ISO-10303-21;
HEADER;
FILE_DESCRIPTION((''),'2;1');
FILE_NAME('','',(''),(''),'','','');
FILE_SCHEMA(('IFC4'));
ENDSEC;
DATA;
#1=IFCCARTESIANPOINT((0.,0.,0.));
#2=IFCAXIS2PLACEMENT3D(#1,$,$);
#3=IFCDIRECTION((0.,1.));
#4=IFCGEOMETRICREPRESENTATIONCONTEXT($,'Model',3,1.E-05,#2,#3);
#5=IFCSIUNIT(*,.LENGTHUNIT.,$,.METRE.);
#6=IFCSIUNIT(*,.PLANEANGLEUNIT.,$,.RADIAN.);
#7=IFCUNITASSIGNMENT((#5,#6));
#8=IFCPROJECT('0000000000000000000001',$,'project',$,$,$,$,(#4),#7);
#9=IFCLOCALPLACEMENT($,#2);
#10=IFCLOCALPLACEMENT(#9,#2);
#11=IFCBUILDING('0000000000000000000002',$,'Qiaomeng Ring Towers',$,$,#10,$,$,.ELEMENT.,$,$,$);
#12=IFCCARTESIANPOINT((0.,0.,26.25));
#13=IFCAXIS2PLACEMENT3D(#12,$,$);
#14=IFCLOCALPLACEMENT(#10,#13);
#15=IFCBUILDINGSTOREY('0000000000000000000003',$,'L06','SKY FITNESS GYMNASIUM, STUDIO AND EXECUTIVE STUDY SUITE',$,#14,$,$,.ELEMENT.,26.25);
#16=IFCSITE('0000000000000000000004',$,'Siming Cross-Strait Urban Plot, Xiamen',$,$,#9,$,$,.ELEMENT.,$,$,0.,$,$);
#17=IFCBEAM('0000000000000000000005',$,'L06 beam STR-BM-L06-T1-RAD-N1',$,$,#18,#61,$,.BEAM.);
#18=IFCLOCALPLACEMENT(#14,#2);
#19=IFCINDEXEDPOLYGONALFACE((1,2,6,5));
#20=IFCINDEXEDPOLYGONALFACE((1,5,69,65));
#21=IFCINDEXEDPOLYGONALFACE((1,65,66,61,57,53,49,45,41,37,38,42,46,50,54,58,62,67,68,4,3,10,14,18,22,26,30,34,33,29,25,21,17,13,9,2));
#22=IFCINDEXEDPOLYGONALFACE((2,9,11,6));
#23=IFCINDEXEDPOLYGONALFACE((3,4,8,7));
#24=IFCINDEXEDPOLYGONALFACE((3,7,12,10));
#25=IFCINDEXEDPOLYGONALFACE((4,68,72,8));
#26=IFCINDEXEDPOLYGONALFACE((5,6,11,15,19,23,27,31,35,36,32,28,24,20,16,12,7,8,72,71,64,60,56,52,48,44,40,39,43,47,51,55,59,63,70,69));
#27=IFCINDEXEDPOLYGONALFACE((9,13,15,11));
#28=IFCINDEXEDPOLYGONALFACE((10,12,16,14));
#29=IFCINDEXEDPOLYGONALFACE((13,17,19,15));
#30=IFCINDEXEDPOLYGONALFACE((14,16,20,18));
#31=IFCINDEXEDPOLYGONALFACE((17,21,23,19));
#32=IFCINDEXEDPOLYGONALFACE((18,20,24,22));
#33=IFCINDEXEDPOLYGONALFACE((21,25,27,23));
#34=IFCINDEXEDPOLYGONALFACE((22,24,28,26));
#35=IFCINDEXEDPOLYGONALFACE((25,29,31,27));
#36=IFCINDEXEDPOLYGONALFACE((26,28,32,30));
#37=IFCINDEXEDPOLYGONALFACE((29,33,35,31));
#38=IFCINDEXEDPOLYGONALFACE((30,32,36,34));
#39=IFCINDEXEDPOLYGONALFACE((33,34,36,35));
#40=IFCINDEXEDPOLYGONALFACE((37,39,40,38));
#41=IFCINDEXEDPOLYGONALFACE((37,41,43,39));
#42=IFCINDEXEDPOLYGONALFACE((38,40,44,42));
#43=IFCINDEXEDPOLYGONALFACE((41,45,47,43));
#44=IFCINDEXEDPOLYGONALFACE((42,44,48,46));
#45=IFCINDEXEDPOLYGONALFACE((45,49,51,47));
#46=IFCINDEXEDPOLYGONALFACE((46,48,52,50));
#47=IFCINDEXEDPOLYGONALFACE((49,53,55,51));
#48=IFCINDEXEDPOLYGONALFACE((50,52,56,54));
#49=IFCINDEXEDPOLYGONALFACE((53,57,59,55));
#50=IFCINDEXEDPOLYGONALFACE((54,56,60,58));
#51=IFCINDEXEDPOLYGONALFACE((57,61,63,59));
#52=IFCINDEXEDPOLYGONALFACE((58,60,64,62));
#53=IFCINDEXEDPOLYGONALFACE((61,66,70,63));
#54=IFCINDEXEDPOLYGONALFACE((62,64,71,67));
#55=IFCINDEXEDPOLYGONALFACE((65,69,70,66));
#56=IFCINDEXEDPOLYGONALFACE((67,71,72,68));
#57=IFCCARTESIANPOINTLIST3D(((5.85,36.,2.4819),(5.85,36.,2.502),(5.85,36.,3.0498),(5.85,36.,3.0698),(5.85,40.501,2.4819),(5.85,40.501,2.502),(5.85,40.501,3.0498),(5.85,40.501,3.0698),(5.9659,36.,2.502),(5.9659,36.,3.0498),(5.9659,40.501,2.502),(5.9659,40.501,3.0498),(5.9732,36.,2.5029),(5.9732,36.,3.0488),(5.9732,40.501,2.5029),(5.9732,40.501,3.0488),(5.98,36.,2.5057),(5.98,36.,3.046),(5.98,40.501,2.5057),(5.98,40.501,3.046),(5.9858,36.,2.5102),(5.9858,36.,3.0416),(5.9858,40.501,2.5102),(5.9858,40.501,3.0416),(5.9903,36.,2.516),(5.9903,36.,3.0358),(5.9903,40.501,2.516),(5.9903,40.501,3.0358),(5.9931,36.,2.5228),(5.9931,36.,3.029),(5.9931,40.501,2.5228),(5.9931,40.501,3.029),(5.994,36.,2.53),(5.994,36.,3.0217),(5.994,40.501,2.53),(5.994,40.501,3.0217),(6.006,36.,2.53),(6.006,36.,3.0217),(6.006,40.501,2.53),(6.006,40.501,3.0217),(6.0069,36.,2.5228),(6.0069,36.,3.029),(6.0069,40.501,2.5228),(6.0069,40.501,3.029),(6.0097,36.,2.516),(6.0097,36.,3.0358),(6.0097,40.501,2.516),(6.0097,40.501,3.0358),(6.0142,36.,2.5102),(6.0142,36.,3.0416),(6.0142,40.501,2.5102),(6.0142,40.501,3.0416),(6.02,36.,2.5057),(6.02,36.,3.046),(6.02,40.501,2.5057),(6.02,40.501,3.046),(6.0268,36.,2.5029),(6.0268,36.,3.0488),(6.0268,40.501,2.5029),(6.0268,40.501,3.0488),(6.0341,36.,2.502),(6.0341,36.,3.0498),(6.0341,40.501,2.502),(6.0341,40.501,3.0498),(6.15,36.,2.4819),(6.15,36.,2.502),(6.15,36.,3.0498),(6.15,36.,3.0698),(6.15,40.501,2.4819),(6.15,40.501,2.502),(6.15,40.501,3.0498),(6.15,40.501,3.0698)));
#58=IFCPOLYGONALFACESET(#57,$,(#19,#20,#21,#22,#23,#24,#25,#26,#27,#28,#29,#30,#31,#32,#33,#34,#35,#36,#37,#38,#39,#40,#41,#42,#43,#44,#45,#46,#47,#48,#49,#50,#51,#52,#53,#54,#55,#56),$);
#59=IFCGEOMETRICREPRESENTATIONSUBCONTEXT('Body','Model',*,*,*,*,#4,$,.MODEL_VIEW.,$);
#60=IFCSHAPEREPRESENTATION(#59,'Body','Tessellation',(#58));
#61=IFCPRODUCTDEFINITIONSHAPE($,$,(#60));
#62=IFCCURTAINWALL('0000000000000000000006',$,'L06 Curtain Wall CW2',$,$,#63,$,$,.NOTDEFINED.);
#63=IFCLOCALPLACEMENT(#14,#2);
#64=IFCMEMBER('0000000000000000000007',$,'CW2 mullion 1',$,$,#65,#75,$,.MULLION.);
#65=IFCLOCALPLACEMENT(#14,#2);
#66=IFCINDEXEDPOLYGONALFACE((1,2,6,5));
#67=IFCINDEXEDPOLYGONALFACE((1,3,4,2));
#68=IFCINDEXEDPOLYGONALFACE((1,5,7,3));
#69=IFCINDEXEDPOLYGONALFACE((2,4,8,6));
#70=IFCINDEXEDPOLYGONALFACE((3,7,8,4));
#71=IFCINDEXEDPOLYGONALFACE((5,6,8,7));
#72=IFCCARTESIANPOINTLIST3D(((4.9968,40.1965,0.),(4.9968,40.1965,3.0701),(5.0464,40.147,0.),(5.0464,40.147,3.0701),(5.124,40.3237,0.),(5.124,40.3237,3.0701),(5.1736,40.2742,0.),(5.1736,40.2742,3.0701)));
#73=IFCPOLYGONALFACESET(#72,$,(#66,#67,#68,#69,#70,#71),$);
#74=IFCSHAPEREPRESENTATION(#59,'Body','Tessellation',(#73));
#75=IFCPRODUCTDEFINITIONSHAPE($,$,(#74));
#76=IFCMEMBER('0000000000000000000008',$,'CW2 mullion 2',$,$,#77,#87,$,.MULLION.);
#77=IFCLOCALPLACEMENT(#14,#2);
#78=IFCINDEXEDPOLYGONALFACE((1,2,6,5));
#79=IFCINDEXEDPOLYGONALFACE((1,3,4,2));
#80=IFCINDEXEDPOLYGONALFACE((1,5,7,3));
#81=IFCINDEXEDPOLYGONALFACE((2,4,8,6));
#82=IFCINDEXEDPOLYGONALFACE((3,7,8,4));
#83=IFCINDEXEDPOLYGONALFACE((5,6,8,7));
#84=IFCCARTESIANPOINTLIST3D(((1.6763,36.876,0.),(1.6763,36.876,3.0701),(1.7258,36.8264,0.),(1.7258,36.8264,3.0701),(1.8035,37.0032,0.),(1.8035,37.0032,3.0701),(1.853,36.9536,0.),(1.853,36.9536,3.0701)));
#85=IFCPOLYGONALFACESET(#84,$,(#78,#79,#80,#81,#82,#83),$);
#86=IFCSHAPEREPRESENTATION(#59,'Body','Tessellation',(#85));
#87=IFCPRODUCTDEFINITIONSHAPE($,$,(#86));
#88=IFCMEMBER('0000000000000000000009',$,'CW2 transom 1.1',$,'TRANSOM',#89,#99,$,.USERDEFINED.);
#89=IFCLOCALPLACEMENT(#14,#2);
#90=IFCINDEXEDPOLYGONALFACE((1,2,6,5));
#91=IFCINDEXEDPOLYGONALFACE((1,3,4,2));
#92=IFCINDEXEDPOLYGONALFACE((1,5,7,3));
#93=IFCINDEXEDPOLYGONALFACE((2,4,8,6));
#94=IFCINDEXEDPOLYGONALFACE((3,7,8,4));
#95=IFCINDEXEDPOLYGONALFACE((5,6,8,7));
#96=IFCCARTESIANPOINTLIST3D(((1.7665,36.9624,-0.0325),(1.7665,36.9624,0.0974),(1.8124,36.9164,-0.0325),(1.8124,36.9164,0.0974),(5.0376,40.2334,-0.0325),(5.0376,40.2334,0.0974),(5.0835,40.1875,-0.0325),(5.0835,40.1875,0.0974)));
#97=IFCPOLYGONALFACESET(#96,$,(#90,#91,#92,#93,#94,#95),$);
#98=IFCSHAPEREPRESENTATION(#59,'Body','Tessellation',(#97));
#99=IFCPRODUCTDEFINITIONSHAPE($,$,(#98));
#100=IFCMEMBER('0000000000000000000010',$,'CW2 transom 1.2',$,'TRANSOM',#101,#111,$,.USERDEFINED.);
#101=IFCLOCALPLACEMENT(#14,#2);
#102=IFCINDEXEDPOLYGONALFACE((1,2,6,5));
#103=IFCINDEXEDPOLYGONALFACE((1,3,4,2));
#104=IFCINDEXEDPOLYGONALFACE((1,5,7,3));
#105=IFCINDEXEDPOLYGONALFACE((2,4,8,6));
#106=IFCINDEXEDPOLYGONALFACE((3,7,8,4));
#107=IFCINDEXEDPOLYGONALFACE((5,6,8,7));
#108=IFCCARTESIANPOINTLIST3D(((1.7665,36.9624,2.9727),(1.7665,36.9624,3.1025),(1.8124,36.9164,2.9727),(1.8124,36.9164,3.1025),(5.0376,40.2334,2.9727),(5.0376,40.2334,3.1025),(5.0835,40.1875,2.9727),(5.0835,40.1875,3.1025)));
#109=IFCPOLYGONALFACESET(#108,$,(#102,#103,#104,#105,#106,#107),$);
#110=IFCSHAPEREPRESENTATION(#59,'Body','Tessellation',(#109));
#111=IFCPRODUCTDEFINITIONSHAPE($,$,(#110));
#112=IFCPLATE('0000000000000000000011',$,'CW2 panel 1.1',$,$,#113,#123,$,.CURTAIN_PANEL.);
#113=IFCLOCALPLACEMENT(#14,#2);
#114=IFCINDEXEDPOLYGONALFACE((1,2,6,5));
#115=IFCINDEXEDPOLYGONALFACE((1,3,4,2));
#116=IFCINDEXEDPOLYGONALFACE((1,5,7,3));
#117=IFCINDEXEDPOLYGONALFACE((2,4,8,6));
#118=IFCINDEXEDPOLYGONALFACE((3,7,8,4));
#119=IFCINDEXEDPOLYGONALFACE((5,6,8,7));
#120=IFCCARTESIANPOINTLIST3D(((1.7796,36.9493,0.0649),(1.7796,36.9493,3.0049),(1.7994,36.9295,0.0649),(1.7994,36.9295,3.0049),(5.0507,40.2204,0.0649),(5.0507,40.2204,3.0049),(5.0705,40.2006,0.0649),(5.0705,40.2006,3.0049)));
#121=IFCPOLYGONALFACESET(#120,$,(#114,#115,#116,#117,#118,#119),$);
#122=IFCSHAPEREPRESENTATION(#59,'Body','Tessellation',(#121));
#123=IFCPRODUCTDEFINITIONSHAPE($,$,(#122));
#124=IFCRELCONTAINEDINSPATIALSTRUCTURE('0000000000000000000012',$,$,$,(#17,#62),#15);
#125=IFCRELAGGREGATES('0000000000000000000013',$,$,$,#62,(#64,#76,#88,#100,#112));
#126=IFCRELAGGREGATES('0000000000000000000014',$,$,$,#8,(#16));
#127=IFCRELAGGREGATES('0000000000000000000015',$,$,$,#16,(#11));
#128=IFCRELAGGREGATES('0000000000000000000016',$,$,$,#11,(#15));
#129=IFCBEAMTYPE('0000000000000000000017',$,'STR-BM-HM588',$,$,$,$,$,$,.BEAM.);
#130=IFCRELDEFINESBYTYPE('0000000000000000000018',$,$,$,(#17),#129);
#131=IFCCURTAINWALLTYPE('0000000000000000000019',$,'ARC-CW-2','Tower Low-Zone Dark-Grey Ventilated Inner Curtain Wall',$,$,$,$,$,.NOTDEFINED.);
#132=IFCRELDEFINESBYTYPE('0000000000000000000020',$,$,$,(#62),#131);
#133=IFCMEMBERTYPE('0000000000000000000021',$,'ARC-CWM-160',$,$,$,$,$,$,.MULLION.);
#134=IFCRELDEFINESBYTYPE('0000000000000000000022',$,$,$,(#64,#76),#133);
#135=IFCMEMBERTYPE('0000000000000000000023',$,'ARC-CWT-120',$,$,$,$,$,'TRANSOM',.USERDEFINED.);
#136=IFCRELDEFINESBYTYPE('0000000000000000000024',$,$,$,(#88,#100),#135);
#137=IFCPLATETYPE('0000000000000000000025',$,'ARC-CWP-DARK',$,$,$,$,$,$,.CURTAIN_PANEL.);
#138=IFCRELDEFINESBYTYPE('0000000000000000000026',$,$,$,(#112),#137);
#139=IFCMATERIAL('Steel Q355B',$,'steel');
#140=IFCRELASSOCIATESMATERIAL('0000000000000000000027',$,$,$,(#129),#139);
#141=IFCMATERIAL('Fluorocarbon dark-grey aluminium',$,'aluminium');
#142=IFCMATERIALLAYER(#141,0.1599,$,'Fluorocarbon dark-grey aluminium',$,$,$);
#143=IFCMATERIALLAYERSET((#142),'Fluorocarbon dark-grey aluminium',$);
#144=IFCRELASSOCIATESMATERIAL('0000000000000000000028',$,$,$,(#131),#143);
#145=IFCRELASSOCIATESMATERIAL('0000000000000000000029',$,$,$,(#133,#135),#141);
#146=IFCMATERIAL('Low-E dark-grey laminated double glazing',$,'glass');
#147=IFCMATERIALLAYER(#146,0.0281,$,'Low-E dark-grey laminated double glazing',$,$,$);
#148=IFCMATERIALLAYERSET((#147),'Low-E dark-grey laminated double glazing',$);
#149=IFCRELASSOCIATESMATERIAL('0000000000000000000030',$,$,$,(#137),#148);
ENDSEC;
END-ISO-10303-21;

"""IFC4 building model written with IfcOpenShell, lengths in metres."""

from ifc_helpers import new_model, si_unit, direction, frame, origin, origin_2d, place, context, subcontext, project, spatial, rectangle, i_section, extrude, source, transform, mapped, material, layer, layer_set, material_profile, profile_set, type_object, element, aggregate, save


model = new_model("IFC4")

# Units and contexts
model_context = context("Model", 3, precision=1e-05, world=origin(), true_north=direction((0.0, 1.0)))
body_context = subcontext(model_context, "Body", "Model", "MODEL_VIEW")
ifc_project = project(units=[si_unit("LENGTHUNIT", "METRE"), si_unit("PLANEANGLEUNIT", "RADIAN")], contexts=[model_context])

# Site, building, storey
site_placement = place(None, origin())
site = spatial("IfcSite", under=ifc_project, at=site_placement, Name="Siming Cross-Strait Urban Plot, Xiamen", CompositionType="ELEMENT", RefElevation=0.0)
building_placement = place(site_placement, origin())
building = spatial("IfcBuilding", under=site, at=building_placement, Name="Qiaomeng Ring Towers", CompositionType="ELEMENT")
storey_placement = place(building_placement, frame((0.0, 0.0, 26.25)))
storey = spatial("IfcBuildingStorey", under=building, at=storey_placement, Name="L06", Description="SKY FITNESS GYMNASIUM, STUDIO AND EXECUTIVE STUDY SUITE", CompositionType="ELEMENT", Elevation=26.25)

# Beam
ifc_material_1 = material(Name="Steel Q355B", Category="steel")
ifc_material_profile_1 = material_profile(ifc_material_1, i_section(OverallWidth=0.3, OverallDepth=0.5879, WebThickness=0.012, FlangeThickness=0.02, FilletRadius=0.0281, at=origin_2d()), Name="HM 588x300x12x20")
ifc_profile_set_1 = profile_set([ifc_material_profile_1], Name="Steel Q355B")
beam_type_1 = type_object("IfcBeamType", Name="STR-BM-HM588", PredefinedType="BEAM", material=ifc_profile_set_1)
shared_shape_1 = source(origin(), body_context, "Body", "SweptSolid", [
    extrude(i_section(OverallWidth=0.3, OverallDepth=0.5879, WebThickness=0.012, FlangeThickness=0.02, FilletRadius=0.0281, at=origin_2d()), origin(), (0.0, 0.0, 1.0), 4.501),
])
beam_1_placement = place(storey_placement, frame((6.0, 40.501, 2.7759), z_axis=(0.0, -1.0, 0.0), x_axis=(1.0, 0.0, 0.0)))
element("IfcBeam", 1, at=beam_1_placement, inside=storey, type_object=beam_type_1, Name="L06 beam STR-BM-L06-T1-RAD-N1", PredefinedType="BEAM", context=body_context, shape_type="MappedRepresentation", body=[
    mapped(shared_shape_1, transform((0.0, 0.0, 0.0), x_axis=(1.0, 0.0, 0.0), y_axis=(0.0, 1.0, 0.0), z_axis=(0.0, 0.0, 1.0), scale=1.0)),
])

# Curtain wall, members, plate
ifc_material_2 = material(Name="Fluorocarbon dark-grey aluminium", Category="aluminium")
ifc_layer_1 = layer(ifc_material_2, 0.1599, Name="Fluorocarbon dark-grey aluminium")
ifc_layer_set_1 = layer_set([ifc_layer_1], Name="Fluorocarbon dark-grey aluminium")
curtain_wall_type = type_object("IfcCurtainWallType", Name="ARC-CW-2", Description="Tower Low-Zone Dark-Grey Ventilated Inner Curtain Wall", PredefinedType="NOTDEFINED", material=ifc_layer_set_1)
curtain_wall_placement = place(storey_placement, origin())
curtain_wall = element("IfcCurtainWall", 2, at=curtain_wall_placement, inside=storey, type_object=curtain_wall_type, Name="L06 Curtain Wall CW2", PredefinedType="NOTDEFINED")
ifc_material_profile_2 = material_profile(ifc_material_2, rectangle(XDim=0.0701, YDim=0.1799, at=origin_2d()), Name="ALU MULL 70x180")
ifc_profile_set_2 = profile_set([ifc_material_profile_2], Name="Fluorocarbon dark-grey aluminium")
member_type_1 = type_object("IfcMemberType", Name="ARC-CWM-160", PredefinedType="MULLION", material=ifc_profile_set_2)
shared_shape_2 = source(origin(), body_context, "Body", "SweptSolid", [
    extrude(rectangle(XDim=0.0701, YDim=0.1799, at=origin_2d()), origin(), (0.0, 0.0, 1.0), 3.0701),
])
member_1_placement = place(storey_placement, frame((5.0852, 40.2354, 0.0), z_axis=(0.0, 0.0, 1.0), x_axis=(0.707107, -0.707107, 0.0)))
member_1 = element("IfcMember", 3, at=member_1_placement, type_object=member_type_1, Name="CW2 mullion 1", PredefinedType="MULLION", context=body_context, shape_type="MappedRepresentation", body=[
    mapped(shared_shape_2, transform((0.0, 0.0, 0.0), x_axis=(1.0, 0.0, 0.0), y_axis=(0.0, 1.0, 0.0), z_axis=(0.0, 0.0, 1.0), scale=1.0)),
])
member_2_placement = place(storey_placement, frame((1.7646, 36.9148, 0.0), z_axis=(0.0, 0.0, 1.0), x_axis=(0.707107, -0.707107, 0.0)))
member_2 = element("IfcMember", 4, at=member_2_placement, type_object=member_type_1, Name="CW2 mullion 2", PredefinedType="MULLION", context=body_context, shape_type="MappedRepresentation", body=[
    mapped(shared_shape_2, transform((0.0, 0.0, 0.0), x_axis=(1.0, 0.0, 0.0), y_axis=(0.0, 1.0, 0.0), z_axis=(0.0, 0.0, 1.0), scale=1.0)),
])
ifc_material_profile_3 = material_profile(ifc_material_2, rectangle(XDim=0.0649, YDim=0.1299, at=origin_2d()), Name="ALU TRAN 65x130")
ifc_profile_set_3 = profile_set([ifc_material_profile_3], Name="Fluorocarbon dark-grey aluminium")
member_type_2 = type_object("IfcMemberType", Name="ARC-CWT-120", ElementType="TRANSOM", PredefinedType="USERDEFINED", material=ifc_profile_set_3)
shared_shape_3 = source(origin(), body_context, "Body", "SweptSolid", [
    extrude(rectangle(XDim=0.0649, YDim=0.1299, at=origin_2d()), origin(), (0.0, 0.0, 1.0), 4.626),
])
member_3_placement = place(storey_placement, frame((5.0605, 40.2104, 0.0325), z_axis=(-0.707107, -0.707107, 0.0), x_axis=(0.707107, -0.707107, 0.0)))
member_3 = element("IfcMember", 5, at=member_3_placement, type_object=member_type_2, Name="CW2 transom 1.1", ObjectType="TRANSOM", PredefinedType="USERDEFINED", context=body_context, shape_type="MappedRepresentation", body=[
    mapped(shared_shape_3, transform((0.0, 0.0, 0.0), x_axis=(1.0, 0.0, 0.0), y_axis=(0.0, 1.0, 0.0), z_axis=(0.0, 0.0, 1.0), scale=1.0)),
])
member_4_placement = place(storey_placement, frame((5.0605, 40.2104, 3.0376), z_axis=(-0.707107, -0.707107, 0.0), x_axis=(0.707107, -0.707107, 0.0)))
member_4 = element("IfcMember", 6, at=member_4_placement, type_object=member_type_2, Name="CW2 transom 1.2", ObjectType="TRANSOM", PredefinedType="USERDEFINED", context=body_context, shape_type="MappedRepresentation", body=[
    mapped(shared_shape_3, transform((0.0, 0.0, 0.0), x_axis=(1.0, 0.0, 0.0), y_axis=(0.0, 1.0, 0.0), z_axis=(0.0, 0.0, 1.0), scale=1.0)),
])
ifc_material_3 = material(Name="Low-E dark-grey laminated double glazing", Category="glass")
ifc_layer_2 = layer(ifc_material_3, 0.0281, Name="Low-E dark-grey laminated double glazing")
ifc_layer_set_2 = layer_set([ifc_layer_2], Name="Low-E dark-grey laminated double glazing")
plate_type = type_object("IfcPlateType", Name="ARC-CWP-DARK", PredefinedType="CURTAIN_PANEL", material=ifc_layer_set_2)
shared_shape_4 = source(origin(), body_context, "Body", "SweptSolid", [
    extrude(rectangle(XDim=4.626, YDim=0.0281, at=origin_2d()), origin(), (0.0, 0.0, 1.0), 2.9399),
])
plate_placement = place(storey_placement, frame((3.425, 38.575, 0.0649), z_axis=(0.0, 0.0, 1.0), x_axis=(-0.707107, -0.707107, 0.0)))
plate = element("IfcPlate", 7, at=plate_placement, type_object=plate_type, Name="CW2 panel 1.1", PredefinedType="CURTAIN_PANEL", context=body_context, shape_type="MappedRepresentation", body=[
    mapped(shared_shape_4, transform((0.0, 0.0, 0.0), x_axis=(1.0, 0.0, 0.0), y_axis=(0.0, 1.0, 0.0), z_axis=(0.0, 0.0, 1.0), scale=1.0)),
])
aggregate(curtain_wall, [member_1, member_2, member_3, member_4, plate])

save(model, "model.ifc")
